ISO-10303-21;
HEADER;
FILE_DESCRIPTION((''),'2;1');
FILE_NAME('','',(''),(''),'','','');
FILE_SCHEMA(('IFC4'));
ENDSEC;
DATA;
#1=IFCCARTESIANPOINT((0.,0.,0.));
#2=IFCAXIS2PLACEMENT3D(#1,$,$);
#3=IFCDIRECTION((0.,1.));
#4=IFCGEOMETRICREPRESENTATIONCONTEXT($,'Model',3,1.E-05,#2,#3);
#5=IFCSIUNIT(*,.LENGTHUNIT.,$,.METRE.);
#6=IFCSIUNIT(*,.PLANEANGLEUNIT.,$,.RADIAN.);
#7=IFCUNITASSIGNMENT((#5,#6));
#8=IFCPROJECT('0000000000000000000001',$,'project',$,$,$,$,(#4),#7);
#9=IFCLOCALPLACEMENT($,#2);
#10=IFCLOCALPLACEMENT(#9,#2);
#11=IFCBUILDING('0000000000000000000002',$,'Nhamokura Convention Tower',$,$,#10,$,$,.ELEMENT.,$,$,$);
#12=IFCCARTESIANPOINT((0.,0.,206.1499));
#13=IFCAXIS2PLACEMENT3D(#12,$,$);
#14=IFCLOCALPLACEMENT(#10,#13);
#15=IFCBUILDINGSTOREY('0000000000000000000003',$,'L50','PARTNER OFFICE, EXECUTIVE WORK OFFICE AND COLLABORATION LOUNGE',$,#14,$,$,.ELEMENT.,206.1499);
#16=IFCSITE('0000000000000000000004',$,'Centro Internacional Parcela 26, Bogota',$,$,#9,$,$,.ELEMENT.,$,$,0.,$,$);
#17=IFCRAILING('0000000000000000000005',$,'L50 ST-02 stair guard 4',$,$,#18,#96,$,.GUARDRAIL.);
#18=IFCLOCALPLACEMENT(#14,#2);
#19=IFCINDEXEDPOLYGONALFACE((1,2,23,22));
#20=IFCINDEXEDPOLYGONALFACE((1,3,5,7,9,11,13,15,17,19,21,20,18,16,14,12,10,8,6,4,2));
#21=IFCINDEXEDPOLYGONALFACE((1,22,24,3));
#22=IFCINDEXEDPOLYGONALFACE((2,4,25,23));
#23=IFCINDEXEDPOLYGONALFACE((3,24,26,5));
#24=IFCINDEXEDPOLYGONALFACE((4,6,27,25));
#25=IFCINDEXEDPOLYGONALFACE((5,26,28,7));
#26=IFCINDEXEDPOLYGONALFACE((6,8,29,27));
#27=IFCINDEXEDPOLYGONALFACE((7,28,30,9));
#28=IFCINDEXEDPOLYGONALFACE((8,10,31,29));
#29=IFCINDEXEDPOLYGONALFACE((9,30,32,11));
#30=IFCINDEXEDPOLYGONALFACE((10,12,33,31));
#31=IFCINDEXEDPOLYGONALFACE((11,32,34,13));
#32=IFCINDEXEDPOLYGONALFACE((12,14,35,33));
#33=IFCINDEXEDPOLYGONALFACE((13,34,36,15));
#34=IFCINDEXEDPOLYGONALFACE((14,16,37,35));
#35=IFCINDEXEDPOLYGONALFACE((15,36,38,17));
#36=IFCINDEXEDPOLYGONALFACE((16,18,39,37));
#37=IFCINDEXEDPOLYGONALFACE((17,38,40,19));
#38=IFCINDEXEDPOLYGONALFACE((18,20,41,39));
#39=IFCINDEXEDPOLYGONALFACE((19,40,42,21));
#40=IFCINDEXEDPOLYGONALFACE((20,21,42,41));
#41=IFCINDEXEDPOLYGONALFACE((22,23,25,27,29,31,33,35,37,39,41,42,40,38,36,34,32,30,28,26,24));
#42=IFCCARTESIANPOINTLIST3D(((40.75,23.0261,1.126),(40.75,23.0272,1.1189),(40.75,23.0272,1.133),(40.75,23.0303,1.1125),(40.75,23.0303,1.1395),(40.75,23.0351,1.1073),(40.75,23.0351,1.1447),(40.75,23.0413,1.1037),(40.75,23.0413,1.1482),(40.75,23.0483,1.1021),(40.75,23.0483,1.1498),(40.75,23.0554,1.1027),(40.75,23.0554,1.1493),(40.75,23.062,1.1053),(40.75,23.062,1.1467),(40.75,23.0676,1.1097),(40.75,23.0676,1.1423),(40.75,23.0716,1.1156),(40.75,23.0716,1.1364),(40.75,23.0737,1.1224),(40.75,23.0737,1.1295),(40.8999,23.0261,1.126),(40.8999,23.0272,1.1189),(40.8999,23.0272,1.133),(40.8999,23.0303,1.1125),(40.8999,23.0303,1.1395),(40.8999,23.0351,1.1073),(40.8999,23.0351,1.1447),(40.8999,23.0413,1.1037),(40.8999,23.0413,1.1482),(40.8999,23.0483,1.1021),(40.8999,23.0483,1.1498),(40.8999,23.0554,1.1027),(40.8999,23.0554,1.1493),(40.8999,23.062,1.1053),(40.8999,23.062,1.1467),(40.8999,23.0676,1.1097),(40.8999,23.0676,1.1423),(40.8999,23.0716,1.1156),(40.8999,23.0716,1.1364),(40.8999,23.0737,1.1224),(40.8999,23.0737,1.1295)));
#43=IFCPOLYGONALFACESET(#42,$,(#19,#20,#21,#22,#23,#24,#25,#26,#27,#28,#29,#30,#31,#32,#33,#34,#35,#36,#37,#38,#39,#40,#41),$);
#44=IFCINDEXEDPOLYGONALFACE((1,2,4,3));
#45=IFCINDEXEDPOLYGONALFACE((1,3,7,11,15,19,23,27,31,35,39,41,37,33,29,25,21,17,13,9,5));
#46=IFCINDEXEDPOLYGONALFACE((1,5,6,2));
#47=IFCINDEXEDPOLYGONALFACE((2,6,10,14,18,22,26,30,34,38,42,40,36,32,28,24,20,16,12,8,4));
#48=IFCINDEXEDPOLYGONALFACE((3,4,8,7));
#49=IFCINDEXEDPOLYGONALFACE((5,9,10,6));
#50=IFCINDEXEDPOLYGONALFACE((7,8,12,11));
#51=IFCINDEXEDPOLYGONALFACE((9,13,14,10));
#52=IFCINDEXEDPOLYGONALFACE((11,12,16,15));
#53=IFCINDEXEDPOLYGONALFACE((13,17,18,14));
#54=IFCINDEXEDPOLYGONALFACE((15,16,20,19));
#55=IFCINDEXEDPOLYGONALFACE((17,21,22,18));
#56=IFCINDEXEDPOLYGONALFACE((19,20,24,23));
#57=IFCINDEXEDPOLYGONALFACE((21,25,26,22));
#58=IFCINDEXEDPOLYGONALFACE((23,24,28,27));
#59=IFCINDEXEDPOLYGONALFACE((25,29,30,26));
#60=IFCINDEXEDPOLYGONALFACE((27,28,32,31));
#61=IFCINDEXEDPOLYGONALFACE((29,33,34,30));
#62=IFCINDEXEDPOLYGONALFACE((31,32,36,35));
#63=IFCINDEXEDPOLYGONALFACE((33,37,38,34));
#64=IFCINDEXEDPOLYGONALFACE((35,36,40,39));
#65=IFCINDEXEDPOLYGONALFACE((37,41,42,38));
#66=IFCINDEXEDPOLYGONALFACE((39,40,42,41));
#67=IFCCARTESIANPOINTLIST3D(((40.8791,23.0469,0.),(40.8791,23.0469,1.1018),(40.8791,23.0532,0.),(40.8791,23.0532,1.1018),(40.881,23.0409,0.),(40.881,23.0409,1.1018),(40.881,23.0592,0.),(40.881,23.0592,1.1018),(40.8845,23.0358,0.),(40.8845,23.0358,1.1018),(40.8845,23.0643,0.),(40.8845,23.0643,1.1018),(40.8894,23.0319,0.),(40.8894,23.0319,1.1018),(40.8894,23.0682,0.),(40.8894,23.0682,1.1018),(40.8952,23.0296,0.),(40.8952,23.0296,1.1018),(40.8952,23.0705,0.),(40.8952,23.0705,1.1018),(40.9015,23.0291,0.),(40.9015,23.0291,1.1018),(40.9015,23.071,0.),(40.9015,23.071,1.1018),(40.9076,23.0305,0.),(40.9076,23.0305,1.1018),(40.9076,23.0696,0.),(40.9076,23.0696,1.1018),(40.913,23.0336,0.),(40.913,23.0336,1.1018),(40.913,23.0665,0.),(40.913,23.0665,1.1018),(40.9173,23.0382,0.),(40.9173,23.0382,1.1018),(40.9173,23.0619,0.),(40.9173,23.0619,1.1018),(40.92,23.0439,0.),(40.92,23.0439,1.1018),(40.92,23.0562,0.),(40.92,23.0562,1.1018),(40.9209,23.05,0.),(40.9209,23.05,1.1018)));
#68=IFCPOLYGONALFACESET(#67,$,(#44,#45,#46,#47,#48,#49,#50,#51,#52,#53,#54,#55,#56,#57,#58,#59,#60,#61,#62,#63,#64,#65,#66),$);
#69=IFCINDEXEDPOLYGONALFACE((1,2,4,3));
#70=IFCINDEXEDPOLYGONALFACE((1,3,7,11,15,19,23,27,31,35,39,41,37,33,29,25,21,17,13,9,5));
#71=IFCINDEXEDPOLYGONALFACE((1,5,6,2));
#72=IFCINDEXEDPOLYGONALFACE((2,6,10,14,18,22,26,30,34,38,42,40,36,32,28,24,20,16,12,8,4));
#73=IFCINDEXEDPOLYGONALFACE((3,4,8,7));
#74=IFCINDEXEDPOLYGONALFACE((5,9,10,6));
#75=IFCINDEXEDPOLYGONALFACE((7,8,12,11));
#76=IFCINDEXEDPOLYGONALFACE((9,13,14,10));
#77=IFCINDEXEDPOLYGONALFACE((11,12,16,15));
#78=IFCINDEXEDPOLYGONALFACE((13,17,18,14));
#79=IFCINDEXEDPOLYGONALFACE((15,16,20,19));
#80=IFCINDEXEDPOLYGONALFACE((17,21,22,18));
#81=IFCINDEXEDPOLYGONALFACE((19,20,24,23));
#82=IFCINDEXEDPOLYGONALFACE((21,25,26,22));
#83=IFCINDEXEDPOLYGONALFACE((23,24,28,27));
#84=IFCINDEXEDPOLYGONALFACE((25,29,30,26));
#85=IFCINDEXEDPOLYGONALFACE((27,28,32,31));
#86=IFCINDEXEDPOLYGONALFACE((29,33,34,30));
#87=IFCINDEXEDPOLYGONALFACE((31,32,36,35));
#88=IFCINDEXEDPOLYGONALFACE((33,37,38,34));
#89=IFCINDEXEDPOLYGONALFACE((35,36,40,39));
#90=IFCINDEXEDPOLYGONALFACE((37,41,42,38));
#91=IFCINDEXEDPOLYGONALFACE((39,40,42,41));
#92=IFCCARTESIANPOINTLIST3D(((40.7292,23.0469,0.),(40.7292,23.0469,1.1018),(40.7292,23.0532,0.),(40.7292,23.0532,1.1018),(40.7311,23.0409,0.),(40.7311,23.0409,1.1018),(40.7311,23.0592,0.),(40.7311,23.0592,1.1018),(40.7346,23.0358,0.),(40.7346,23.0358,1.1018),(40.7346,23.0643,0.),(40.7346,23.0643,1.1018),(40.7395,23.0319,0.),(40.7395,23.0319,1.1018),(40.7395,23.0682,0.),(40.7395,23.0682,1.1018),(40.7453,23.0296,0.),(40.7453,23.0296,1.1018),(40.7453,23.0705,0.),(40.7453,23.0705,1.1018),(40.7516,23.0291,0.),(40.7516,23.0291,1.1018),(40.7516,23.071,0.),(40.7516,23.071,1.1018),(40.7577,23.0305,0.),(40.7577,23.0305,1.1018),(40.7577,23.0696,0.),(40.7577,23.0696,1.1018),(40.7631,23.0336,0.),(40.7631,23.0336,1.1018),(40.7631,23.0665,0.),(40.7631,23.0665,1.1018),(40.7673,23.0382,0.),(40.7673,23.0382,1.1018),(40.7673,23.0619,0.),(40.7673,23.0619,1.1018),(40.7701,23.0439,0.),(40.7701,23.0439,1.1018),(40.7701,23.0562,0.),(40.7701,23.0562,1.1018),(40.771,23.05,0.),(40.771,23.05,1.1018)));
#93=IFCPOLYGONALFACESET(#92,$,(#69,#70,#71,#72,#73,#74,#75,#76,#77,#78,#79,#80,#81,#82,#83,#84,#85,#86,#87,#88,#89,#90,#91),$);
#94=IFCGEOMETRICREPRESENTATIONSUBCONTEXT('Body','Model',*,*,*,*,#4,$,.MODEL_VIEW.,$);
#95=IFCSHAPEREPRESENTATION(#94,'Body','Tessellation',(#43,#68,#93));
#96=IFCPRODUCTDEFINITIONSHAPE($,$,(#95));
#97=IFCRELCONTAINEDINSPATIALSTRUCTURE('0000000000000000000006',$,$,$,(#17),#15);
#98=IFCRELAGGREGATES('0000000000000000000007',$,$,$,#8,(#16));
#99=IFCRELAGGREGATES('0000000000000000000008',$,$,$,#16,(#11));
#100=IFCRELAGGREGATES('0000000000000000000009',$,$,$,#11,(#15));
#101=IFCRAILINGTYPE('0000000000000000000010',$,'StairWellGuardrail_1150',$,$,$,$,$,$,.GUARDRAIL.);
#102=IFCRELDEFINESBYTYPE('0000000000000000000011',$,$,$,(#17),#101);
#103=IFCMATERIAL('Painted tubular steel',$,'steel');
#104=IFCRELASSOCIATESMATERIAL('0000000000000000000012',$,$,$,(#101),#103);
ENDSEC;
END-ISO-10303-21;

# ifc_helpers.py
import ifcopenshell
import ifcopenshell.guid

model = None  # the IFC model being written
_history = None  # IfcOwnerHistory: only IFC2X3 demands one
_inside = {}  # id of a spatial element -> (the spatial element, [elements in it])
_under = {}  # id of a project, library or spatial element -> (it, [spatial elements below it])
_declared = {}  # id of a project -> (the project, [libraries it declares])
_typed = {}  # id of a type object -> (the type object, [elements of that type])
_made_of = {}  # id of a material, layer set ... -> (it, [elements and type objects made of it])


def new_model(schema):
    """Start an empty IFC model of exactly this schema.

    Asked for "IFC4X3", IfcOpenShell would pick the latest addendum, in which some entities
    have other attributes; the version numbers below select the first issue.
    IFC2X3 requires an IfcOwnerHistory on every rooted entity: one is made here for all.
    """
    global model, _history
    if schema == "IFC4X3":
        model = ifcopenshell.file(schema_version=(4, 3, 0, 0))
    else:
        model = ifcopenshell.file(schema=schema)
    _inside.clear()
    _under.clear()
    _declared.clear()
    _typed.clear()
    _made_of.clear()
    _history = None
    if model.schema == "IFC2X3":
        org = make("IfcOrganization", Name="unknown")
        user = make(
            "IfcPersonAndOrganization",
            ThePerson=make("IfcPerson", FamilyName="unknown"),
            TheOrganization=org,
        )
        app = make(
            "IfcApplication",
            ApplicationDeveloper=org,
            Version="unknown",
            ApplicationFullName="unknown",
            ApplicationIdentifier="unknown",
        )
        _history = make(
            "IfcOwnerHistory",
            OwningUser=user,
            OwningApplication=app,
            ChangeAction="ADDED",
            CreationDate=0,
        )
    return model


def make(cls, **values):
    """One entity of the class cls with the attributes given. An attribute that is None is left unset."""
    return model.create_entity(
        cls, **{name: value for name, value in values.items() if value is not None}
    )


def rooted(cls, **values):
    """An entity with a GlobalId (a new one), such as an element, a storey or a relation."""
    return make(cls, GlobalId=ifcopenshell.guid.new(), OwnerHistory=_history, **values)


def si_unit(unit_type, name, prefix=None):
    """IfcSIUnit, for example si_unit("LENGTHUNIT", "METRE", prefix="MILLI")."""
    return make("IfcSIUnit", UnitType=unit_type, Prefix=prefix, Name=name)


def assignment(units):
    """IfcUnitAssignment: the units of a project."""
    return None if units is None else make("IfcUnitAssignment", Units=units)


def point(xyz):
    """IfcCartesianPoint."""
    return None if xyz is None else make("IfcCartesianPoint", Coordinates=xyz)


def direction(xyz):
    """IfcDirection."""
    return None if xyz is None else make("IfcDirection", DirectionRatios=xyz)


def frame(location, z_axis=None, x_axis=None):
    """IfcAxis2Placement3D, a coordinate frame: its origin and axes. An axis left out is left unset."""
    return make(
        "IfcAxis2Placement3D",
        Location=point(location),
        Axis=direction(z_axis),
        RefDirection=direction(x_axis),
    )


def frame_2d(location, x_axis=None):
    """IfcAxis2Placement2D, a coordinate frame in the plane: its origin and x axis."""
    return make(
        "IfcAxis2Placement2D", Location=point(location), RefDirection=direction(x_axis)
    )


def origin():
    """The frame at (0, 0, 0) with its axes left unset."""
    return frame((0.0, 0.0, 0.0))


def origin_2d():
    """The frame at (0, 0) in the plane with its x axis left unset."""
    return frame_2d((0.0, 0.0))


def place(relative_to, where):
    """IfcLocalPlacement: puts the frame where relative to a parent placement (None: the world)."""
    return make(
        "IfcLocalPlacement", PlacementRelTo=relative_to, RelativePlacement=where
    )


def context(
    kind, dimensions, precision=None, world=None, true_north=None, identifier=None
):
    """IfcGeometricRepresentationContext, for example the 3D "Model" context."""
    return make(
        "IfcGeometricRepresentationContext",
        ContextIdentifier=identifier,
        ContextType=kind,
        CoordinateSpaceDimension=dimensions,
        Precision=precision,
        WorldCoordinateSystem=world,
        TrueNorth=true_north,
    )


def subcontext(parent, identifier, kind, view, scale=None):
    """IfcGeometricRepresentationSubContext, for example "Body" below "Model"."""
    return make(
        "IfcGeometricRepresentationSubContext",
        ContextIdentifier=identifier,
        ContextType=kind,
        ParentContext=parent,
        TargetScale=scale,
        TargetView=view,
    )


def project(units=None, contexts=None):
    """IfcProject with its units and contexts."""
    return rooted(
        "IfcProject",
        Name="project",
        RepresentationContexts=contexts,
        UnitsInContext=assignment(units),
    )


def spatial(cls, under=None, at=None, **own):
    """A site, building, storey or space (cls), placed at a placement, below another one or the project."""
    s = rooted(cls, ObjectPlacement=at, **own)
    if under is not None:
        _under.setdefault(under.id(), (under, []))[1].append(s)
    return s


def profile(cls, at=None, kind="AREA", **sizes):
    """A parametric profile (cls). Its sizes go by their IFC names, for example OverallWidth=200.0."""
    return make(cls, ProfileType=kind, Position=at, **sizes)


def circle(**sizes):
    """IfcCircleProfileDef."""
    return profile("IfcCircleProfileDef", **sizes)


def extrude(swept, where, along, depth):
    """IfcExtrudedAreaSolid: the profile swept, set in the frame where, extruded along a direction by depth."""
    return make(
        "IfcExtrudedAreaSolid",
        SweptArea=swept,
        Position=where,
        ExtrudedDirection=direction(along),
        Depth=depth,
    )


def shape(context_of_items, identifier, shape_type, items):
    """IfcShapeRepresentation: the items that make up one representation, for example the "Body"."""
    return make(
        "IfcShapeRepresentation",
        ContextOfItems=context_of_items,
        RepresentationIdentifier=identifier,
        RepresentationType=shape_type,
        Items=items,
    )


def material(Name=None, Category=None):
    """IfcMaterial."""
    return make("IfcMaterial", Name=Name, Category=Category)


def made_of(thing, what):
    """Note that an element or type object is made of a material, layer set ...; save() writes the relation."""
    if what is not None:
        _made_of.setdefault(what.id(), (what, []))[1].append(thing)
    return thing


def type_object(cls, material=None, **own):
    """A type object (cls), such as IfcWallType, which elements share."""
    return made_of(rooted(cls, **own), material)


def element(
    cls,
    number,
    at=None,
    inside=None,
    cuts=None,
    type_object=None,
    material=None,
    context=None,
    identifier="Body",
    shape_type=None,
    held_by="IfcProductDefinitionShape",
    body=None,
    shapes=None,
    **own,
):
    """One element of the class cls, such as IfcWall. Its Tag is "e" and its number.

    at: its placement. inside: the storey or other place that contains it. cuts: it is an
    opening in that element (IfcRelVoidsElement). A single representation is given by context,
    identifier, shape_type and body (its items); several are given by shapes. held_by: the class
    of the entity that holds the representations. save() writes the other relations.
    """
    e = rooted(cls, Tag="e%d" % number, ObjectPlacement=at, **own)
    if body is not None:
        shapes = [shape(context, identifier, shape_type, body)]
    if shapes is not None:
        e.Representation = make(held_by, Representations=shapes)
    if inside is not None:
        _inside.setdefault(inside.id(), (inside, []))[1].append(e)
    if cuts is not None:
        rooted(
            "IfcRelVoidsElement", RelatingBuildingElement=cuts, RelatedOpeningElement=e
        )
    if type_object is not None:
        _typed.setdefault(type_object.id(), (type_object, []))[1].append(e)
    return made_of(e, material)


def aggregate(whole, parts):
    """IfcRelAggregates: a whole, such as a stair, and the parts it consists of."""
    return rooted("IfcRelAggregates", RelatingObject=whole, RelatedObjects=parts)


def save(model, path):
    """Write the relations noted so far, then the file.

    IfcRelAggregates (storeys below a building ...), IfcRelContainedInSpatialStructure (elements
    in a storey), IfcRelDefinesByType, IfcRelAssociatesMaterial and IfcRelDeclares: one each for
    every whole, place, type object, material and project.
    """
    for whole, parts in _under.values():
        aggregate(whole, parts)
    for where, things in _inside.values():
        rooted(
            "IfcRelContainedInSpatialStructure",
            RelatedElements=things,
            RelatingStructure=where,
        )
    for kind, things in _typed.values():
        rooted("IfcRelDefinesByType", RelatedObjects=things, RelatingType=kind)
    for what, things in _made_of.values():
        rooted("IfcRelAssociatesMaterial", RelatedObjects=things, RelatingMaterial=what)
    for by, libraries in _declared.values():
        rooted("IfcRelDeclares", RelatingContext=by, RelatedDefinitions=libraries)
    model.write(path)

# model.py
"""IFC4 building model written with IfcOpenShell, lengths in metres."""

from ifc_helpers import new_model, si_unit, direction, frame, origin, origin_2d, place, context, subcontext, project, spatial, circle, extrude, material, type_object, element, save


model = new_model("IFC4")

# Units and contexts
model_context = context("Model", 3, precision=1e-05, world=origin(), true_north=direction((0.0, 1.0)))
body_context = subcontext(model_context, "Body", "Model", "MODEL_VIEW")
ifc_project = project(units=[si_unit("LENGTHUNIT", "METRE"), si_unit("PLANEANGLEUNIT", "RADIAN")], contexts=[model_context])

# Site, building, storey
site_placement = place(None, origin())
site = spatial("IfcSite", under=ifc_project, at=site_placement, Name="Centro Internacional Parcela 26, Bogota", CompositionType="ELEMENT", RefElevation=0.0)
building_placement = place(site_placement, origin())
building = spatial("IfcBuilding", under=site, at=building_placement, Name="Nhamokura Convention Tower", CompositionType="ELEMENT")
storey_placement = place(building_placement, frame((0.0, 0.0, 206.1499)))
storey = spatial("IfcBuildingStorey", under=building, at=storey_placement, Name="L50", Description="PARTNER OFFICE, EXECUTIVE WORK OFFICE AND COLLABORATION LOUNGE", CompositionType="ELEMENT", Elevation=206.1499)

# Railing
ifc_material_1 = material(Name="Painted tubular steel", Category="steel")
railing_type_1 = type_object("IfcRailingType", Name="StairWellGuardrail_1150", PredefinedType="GUARDRAIL", material=ifc_material_1)
railing_1_placement = place(storey_placement, frame((40.8999, 23.05, 0.0)))
element("IfcRailing", 1, at=railing_1_placement, inside=storey, type_object=railing_type_1, Name="L50 ST-02 stair guard 4", PredefinedType="GUARDRAIL", context=body_context, shape_type="SweptSolid", body=[
    extrude(circle(Radius=0.0239, at=origin_2d()), frame((0.0, 0.0, 1.126), z_axis=(-1.0, 0.0, 0.0), x_axis=(0.0, -1.0, 0.0)), (0.0, 0.0, 1.0), 0.1499),
    extrude(circle(Radius=0.021, at=origin_2d()), origin(), (0.0, 0.0, 1.0), 1.1018),
    extrude(circle(Radius=0.021, at=origin_2d()), frame((-0.1499, 0.0, 0.0)), (0.0, 0.0, 1.0), 1.1018),
])

save(model, "model.ifc")
